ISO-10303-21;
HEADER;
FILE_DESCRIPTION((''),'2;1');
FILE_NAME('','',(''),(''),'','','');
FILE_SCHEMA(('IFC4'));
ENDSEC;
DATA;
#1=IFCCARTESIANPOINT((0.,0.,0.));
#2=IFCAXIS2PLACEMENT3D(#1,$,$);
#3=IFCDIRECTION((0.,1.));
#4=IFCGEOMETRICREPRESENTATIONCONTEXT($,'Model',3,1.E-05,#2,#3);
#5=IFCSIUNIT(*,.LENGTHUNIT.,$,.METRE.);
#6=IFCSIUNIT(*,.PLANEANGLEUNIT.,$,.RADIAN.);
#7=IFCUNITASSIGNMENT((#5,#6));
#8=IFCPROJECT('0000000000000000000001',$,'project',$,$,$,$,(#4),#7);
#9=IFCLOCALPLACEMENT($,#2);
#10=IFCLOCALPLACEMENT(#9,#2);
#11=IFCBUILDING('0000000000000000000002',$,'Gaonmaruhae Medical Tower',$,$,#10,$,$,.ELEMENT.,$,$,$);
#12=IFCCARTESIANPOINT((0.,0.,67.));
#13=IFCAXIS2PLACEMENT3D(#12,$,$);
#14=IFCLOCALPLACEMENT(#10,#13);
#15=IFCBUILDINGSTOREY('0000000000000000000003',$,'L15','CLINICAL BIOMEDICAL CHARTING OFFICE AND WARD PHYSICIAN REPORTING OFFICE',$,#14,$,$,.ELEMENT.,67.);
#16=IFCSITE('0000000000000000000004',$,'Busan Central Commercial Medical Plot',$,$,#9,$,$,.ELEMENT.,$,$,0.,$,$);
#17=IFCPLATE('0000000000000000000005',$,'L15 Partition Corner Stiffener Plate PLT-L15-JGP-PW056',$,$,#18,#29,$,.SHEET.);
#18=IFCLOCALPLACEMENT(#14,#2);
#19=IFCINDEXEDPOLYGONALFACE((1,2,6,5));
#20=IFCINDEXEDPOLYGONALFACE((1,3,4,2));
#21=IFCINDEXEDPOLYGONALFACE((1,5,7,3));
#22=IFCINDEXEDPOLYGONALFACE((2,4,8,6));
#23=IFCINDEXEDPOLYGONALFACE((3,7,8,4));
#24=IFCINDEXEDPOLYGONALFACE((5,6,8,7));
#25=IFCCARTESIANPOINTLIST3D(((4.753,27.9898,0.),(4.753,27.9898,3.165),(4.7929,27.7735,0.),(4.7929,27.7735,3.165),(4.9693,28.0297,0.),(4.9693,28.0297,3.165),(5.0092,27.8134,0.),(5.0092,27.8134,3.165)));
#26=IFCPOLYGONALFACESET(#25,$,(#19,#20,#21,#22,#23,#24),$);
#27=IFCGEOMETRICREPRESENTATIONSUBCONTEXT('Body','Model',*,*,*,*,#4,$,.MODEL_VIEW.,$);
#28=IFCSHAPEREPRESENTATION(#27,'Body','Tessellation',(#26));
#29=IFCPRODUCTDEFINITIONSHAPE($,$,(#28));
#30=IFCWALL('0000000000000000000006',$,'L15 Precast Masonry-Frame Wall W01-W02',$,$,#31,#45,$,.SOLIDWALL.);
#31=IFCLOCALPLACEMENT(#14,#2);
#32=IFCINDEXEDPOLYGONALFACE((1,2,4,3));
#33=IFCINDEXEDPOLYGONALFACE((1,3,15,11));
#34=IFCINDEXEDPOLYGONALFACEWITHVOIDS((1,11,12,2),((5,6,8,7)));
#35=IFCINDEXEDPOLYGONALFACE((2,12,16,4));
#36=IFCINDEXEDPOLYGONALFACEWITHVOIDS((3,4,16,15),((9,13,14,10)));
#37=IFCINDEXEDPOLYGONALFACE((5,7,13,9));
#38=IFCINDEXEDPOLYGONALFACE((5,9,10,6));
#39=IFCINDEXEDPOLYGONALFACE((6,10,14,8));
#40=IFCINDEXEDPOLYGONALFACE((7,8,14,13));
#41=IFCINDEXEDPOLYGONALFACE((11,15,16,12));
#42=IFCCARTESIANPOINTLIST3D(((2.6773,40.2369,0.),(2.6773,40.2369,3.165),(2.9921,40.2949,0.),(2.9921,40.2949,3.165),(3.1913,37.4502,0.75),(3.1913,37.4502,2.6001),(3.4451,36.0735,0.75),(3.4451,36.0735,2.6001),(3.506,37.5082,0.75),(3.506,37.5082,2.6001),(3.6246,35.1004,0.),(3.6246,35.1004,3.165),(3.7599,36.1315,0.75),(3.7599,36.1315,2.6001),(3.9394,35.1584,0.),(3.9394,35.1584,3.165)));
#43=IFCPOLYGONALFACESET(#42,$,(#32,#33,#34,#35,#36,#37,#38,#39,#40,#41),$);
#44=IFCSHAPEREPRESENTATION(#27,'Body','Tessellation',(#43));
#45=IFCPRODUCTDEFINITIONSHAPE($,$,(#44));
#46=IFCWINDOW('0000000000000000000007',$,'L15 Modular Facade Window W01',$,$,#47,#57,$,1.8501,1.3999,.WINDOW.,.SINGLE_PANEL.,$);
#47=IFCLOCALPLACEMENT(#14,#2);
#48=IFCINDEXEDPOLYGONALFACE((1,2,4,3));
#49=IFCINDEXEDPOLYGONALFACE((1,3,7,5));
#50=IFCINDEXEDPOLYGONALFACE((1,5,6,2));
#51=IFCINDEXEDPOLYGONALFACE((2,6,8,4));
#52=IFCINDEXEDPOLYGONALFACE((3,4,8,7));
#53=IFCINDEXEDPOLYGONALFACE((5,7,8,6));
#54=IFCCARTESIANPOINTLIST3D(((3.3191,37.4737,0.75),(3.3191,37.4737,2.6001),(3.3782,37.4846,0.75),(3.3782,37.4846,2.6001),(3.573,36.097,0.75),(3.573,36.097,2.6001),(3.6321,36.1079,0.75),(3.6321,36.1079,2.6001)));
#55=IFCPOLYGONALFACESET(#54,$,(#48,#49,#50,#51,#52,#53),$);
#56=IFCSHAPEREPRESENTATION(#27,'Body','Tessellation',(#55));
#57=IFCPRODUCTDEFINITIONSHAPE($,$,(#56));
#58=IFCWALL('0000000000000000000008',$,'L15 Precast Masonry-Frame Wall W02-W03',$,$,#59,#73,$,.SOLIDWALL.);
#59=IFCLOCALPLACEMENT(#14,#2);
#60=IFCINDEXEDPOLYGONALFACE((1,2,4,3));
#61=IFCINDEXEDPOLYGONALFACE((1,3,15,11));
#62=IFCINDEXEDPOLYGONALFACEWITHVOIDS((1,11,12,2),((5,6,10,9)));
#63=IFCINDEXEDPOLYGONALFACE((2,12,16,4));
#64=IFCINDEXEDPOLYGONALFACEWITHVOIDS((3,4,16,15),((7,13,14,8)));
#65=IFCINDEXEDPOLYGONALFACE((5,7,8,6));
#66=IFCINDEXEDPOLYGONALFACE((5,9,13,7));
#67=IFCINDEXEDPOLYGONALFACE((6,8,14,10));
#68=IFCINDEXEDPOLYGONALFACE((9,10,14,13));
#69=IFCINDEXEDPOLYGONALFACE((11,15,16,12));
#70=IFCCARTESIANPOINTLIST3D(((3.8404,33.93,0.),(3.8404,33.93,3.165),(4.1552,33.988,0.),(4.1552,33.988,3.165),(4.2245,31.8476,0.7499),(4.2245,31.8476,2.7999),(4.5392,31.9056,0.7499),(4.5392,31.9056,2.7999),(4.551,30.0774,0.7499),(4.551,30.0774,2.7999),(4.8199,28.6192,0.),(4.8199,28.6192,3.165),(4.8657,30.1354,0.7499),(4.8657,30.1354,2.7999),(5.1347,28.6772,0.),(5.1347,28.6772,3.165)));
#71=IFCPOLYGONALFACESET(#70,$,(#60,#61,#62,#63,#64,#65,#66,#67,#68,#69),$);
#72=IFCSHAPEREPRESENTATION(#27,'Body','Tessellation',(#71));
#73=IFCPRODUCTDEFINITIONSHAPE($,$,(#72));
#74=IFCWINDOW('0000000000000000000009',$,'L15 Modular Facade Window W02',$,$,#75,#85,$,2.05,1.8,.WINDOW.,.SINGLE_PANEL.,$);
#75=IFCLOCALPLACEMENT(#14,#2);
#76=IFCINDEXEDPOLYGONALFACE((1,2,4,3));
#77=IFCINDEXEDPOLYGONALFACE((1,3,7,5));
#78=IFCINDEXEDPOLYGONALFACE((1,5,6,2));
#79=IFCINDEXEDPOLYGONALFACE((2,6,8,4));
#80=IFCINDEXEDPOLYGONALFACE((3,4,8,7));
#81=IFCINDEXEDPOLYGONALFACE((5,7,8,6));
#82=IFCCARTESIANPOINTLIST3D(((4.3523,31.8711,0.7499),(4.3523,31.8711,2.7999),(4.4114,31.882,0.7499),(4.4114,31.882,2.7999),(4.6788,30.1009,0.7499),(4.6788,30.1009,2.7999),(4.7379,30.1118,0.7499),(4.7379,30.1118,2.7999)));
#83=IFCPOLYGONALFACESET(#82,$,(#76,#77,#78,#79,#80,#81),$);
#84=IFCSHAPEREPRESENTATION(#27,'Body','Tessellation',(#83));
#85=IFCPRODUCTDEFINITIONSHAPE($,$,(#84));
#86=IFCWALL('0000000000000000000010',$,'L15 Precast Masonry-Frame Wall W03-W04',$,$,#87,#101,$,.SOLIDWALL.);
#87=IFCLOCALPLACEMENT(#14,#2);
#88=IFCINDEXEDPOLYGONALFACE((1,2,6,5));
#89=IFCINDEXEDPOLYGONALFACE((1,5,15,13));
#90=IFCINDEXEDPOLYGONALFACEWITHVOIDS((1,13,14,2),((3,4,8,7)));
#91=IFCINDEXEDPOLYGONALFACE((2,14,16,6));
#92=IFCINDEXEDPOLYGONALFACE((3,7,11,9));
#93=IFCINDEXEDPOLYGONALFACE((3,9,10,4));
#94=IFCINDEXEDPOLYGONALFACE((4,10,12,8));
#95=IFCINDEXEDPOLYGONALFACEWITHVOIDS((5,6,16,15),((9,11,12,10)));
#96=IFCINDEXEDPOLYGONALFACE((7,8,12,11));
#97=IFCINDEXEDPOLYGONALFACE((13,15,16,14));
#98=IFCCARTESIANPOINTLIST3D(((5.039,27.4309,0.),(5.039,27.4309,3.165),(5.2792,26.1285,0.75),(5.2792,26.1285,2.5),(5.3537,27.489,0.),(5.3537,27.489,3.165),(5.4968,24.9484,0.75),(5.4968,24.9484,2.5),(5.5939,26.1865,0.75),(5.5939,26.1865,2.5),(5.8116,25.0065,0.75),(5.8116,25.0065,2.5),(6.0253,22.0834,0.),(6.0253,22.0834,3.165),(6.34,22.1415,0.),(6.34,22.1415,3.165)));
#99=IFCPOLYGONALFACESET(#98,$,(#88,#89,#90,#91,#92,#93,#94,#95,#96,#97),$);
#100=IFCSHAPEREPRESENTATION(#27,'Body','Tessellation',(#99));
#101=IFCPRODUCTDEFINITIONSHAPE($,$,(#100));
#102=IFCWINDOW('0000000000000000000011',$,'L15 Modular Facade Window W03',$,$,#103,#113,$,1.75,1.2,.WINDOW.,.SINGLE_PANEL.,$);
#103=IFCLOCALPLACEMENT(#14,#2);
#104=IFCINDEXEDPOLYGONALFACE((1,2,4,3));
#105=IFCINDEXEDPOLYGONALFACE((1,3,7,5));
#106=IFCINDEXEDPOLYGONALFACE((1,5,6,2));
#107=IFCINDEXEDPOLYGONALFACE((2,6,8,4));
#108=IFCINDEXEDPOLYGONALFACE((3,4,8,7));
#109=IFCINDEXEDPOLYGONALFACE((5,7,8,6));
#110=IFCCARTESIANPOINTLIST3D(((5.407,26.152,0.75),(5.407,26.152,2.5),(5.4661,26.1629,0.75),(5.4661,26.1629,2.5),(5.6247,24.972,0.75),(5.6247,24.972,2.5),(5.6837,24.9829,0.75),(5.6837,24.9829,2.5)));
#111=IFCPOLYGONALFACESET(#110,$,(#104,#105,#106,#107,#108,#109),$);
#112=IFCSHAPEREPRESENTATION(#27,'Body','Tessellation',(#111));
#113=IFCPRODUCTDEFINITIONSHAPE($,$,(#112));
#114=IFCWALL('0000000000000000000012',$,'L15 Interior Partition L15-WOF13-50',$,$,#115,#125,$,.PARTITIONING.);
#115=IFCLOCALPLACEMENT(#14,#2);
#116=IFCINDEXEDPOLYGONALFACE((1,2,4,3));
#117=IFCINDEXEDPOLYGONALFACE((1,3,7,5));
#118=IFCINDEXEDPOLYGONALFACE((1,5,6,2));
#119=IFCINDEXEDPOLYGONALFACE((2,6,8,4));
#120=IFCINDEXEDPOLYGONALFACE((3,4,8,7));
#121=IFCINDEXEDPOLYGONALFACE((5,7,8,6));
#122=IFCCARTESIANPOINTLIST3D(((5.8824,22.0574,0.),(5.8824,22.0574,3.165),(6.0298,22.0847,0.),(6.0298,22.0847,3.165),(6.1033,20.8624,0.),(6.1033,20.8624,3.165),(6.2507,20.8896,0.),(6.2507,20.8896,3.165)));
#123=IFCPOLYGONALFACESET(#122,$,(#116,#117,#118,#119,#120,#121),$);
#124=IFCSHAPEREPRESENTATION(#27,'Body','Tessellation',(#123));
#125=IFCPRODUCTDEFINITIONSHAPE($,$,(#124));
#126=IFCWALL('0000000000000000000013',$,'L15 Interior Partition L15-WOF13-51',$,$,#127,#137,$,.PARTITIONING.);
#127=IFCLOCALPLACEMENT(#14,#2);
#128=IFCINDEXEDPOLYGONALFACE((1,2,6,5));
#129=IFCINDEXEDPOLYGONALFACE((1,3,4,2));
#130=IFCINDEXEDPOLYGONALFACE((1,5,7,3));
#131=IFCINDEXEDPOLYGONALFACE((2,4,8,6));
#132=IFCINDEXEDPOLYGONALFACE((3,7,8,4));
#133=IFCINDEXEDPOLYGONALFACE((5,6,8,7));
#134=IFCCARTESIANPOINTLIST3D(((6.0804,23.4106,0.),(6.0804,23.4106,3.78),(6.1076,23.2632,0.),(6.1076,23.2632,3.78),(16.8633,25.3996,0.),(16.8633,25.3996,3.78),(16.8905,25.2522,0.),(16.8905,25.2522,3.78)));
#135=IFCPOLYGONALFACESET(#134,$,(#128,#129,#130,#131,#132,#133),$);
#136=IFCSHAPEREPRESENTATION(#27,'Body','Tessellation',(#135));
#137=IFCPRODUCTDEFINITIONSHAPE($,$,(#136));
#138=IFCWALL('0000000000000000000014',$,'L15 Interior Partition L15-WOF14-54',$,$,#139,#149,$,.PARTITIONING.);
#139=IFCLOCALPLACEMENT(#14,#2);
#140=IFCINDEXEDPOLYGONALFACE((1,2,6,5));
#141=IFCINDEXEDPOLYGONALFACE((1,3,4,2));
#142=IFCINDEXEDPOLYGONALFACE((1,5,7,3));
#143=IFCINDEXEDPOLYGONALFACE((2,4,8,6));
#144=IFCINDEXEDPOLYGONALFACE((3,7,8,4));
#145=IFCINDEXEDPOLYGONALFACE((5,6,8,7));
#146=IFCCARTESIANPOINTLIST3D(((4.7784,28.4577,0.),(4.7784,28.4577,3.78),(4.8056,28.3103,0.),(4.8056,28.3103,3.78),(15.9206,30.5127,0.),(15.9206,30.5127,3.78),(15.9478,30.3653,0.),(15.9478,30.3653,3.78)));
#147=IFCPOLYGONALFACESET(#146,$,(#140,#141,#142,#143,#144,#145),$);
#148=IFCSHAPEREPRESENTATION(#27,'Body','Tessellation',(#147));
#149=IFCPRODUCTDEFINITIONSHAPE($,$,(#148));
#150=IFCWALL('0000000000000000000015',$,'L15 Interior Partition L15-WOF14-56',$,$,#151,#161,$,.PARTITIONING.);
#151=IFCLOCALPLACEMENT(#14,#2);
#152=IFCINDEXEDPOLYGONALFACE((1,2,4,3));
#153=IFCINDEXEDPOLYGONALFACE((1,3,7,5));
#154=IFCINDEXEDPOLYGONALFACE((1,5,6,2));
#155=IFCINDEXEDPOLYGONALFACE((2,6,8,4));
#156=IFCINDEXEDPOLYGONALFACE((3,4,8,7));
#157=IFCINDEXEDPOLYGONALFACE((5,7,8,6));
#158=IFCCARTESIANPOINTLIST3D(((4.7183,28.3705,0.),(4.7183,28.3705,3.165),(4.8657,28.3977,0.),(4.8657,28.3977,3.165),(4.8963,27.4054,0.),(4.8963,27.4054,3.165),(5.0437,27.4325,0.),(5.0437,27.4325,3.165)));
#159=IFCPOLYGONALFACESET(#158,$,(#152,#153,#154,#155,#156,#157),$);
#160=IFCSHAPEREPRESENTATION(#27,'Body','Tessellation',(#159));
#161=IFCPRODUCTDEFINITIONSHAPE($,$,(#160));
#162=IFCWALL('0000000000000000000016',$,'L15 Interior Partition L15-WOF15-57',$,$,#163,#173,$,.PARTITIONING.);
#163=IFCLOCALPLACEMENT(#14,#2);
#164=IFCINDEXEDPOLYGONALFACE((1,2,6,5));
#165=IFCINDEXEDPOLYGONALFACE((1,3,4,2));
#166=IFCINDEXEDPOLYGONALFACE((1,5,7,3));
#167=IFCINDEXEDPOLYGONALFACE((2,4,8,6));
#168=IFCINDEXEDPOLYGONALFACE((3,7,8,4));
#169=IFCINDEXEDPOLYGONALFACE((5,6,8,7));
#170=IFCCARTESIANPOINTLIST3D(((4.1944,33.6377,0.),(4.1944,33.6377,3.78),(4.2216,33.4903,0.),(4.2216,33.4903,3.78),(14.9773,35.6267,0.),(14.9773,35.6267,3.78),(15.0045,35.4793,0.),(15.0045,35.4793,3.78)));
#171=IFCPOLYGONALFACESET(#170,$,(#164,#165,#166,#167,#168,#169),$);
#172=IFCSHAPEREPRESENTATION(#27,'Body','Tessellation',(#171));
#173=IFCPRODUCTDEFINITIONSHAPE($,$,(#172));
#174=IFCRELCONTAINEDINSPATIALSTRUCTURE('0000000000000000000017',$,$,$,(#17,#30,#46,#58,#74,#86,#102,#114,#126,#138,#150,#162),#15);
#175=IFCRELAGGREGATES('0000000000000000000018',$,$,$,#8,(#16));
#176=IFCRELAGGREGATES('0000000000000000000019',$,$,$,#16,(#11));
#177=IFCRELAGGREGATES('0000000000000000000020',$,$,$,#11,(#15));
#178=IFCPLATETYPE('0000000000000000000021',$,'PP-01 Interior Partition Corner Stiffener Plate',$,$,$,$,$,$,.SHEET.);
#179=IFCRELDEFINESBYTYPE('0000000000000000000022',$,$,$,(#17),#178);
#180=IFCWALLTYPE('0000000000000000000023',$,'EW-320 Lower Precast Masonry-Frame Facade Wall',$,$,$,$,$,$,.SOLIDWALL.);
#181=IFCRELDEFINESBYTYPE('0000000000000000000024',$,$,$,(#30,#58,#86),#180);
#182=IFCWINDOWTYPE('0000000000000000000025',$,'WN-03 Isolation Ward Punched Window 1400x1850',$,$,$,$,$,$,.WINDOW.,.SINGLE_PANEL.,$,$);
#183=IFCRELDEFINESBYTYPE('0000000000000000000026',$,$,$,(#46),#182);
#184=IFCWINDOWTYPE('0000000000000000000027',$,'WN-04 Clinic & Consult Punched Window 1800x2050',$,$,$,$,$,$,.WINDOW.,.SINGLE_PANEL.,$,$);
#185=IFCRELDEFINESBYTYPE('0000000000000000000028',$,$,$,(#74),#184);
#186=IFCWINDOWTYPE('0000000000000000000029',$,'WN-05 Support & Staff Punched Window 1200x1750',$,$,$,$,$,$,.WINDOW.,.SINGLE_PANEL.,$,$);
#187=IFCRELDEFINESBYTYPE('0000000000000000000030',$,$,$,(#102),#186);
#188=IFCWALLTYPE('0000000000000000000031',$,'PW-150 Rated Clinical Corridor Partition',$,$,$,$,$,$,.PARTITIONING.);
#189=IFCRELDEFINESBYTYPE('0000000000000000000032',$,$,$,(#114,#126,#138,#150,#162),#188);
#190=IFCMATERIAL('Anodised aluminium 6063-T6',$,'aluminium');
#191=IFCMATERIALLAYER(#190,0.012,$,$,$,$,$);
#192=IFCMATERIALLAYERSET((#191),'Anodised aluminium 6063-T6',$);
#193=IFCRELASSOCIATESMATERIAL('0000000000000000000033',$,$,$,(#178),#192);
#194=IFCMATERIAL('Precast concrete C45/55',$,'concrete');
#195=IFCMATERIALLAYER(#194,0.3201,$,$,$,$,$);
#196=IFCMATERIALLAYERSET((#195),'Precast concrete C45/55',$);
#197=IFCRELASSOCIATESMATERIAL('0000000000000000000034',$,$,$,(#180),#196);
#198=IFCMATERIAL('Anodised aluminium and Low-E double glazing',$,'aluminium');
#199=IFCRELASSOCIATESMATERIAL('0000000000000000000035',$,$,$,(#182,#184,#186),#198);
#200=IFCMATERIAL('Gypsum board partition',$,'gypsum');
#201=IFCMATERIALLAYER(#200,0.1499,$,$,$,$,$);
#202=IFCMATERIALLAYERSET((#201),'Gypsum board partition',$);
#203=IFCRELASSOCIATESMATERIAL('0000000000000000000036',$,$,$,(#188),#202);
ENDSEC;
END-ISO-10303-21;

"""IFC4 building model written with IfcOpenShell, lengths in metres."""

from ifc_helpers import new_model, si_unit, direction, frame, frame_2d, origin, origin_2d, place, context, subcontext, project, spatial, rectangle, extrude, material, layer, layer_set, type_object, element, fill, save


model = new_model("IFC4")

# Units and contexts
model_context = context("Model", 3, precision=1e-05, world=origin(), true_north=direction((0.0, 1.0)))
body_context = subcontext(model_context, "Body", "Model", "MODEL_VIEW")
ifc_project = project(units=[si_unit("LENGTHUNIT", "METRE"), si_unit("PLANEANGLEUNIT", "RADIAN")], contexts=[model_context])

# Site, building, storey
site_placement = place(None, origin())
site = spatial("IfcSite", under=ifc_project, at=site_placement, Name="Busan Central Commercial Medical Plot", CompositionType="ELEMENT", RefElevation=0.0)
building_placement = place(site_placement, origin())
building = spatial("IfcBuilding", under=site, at=building_placement, Name="Gaonmaruhae Medical Tower", CompositionType="ELEMENT")
storey_placement = place(building_placement, frame((0.0, 0.0, 67.0)))
storey = spatial("IfcBuildingStorey", under=building, at=storey_placement, Name="L15", Description="CLINICAL BIOMEDICAL CHARTING OFFICE AND WARD PHYSICIAN REPORTING OFFICE", CompositionType="ELEMENT", Elevation=67.0)

# Plate
ifc_material_1 = material(Name="Anodised aluminium 6063-T6", Category="aluminium")
ifc_layer_1 = layer(ifc_material_1, 0.012)
ifc_layer_set_1 = layer_set([ifc_layer_1], Name="Anodised aluminium 6063-T6")
plate_type = type_object("IfcPlateType", Name="PP-01 Interior Partition Corner Stiffener Plate", PredefinedType="SHEET", material=ifc_layer_set_1)
plate_placement = place(storey_placement, frame((4.8811, 27.9016, 0.0), z_axis=(0.0, 0.0, 1.0), x_axis=(-0.181395, 0.98341, 0.0)))
element("IfcPlate", 1, at=plate_placement, inside=storey, type_object=plate_type, Name="L15 Partition Corner Stiffener Plate PLT-L15-JGP-PW056", PredefinedType="SHEET", context=body_context, shape_type="SweptSolid", body=[
    extrude(rectangle(XDim=0.22, YDim=0.22, at=origin_2d()), origin(), (0.0, 0.0, 1.0), 3.165),
])

# Walls, openings, windows
ifc_material_2 = material(Name="Precast concrete C45/55", Category="concrete")
ifc_layer_2 = layer(ifc_material_2, 0.3201)
ifc_layer_set_2 = layer_set([ifc_layer_2], Name="Precast concrete C45/55")
wall_type_1 = type_object("IfcWallType", Name="EW-320 Lower Precast Masonry-Frame Facade Wall", PredefinedType="SOLIDWALL", material=ifc_layer_set_2)
wall_1_placement = place(storey_placement, frame((3.782, 35.1294, 0.0), z_axis=(0.0, 0.0, 1.0), x_axis=(-0.181361, 0.983417, 0.0)))
wall_1 = element("IfcWall", 2, at=wall_1_placement, inside=storey, type_object=wall_type_1, Name="L15 Precast Masonry-Frame Wall W01-W02", PredefinedType="SOLIDWALL", context=body_context, shape_type="SweptSolid", body=[
    extrude(rectangle(XDim=5.2231, YDim=0.3201, at=frame_2d((2.6116, 0.0))), origin(), (0.0, 0.0, 1.0), 3.165),
])
opening_1_placement = place(wall_1_placement, frame((0.9895, 0.0, 0.75)))
opening_1 = element("IfcOpeningElement", 3, at=opening_1_placement, cuts=wall_1, PredefinedType="OPENING", context=body_context, shape_type="SweptSolid", body=[
    extrude(rectangle(XDim=1.3999, YDim=1.8501, at=frame_2d((0.7, 0.925))), frame((0.0, 0.1699, 0.0), z_axis=(0.0, -1.0, 0.0), x_axis=(1.0, 0.0, 0.0)), (0.0, 0.0, 1.0), 0.3401),
])
ifc_material_3 = material(Name="Anodised aluminium and Low-E double glazing", Category="aluminium")
window_type_1 = type_object("IfcWindowType", Name="WN-03 Isolation Ward Punched Window 1400x1850", PartitioningType="SINGLE_PANEL", PredefinedType="WINDOW", material=ifc_material_3)
window_1_placement = place(opening_1_placement, origin())
window_1 = element("IfcWindow", 4, at=window_1_placement, inside=storey, type_object=window_type_1, Name="L15 Modular Facade Window W01", OverallHeight=1.8501, OverallWidth=1.3999, PartitioningType="SINGLE_PANEL", PredefinedType="WINDOW", context=body_context, shape_type="SweptSolid", body=[
    extrude(rectangle(XDim=1.3999, YDim=1.8501, at=frame_2d((0.7, 0.925))), frame((0.0, 0.03, 0.0), z_axis=(0.0, -1.0, 0.0), x_axis=(1.0, 0.0, 0.0)), (0.0, 0.0, 1.0), 0.0601),
])
fill(opening_1, window_1)
wall_2_placement = place(storey_placement, frame((4.9773, 28.6482, 0.0), z_axis=(0.0, 0.0, 1.0), x_axis=(-0.181375, 0.983414, 0.0)))
wall_2 = element("IfcWall", 5, at=wall_2_placement, inside=storey, type_object=wall_type_1, Name="L15 Precast Masonry-Frame Wall W02-W03", PredefinedType="SOLIDWALL", context=body_context, shape_type="SweptSolid", body=[
    extrude(rectangle(XDim=5.4004, YDim=0.3201, at=frame_2d((2.7002, 0.0))), origin(), (0.0, 0.0, 1.0), 3.165),
])
opening_2_placement = place(wall_2_placement, frame((1.4829, 0.0, 0.75)))
opening_2 = element("IfcOpeningElement", 6, at=opening_2_placement, cuts=wall_2, PredefinedType="OPENING", context=body_context, shape_type="SweptSolid", body=[
    extrude(rectangle(XDim=1.8, YDim=2.05, at=frame_2d((0.8999, 1.0249))), frame((0.0, 0.1699, 0.0), z_axis=(0.0, -1.0, 0.0), x_axis=(1.0, 0.0, 0.0)), (0.0, 0.0, 1.0), 0.3401),
])
window_type_2 = type_object("IfcWindowType", Name="WN-04 Clinic & Consult Punched Window 1800x2050", PartitioningType="SINGLE_PANEL", PredefinedType="WINDOW", material=ifc_material_3)
window_2_placement = place(opening_2_placement, origin())
window_2 = element("IfcWindow", 7, at=window_2_placement, inside=storey, type_object=window_type_2, Name="L15 Modular Facade Window W02", OverallHeight=2.05, OverallWidth=1.8, PartitioningType="SINGLE_PANEL", PredefinedType="WINDOW", context=body_context, shape_type="SweptSolid", body=[
    extrude(rectangle(XDim=1.8, YDim=2.05, at=frame_2d((0.8999, 1.0249))), frame((0.0, 0.03, 0.0), z_axis=(0.0, -1.0, 0.0), x_axis=(1.0, 0.0, 0.0)), (0.0, 0.0, 1.0), 0.0601),
])
fill(opening_2, window_2)
wall_3_placement = place(storey_placement, frame((6.1826, 22.1125, 0.0), z_axis=(0.0, 0.0, 1.0), x_axis=(-0.181382, 0.983413, 0.0)))
wall_3 = element("IfcWall", 8, at=wall_3_placement, inside=storey, type_object=wall_type_1, Name="L15 Precast Masonry-Frame Wall W03-W04", PredefinedType="SOLIDWALL", context=body_context, shape_type="SweptSolid", body=[
    extrude(rectangle(XDim=5.4377, YDim=0.3201, at=frame_2d((2.7188, 0.0))), origin(), (0.0, 0.0, 1.0), 3.165),
])
opening_3_placement = place(wall_3_placement, frame((2.9131, 0.0, 0.75)))
opening_3 = element("IfcOpeningElement", 9, at=opening_3_placement, cuts=wall_3, PredefinedType="OPENING", context=body_context, shape_type="SweptSolid", body=[
    extrude(rectangle(XDim=1.2, YDim=1.75, at=frame_2d((0.6001, 0.875))), frame((0.0, 0.1699, 0.0), z_axis=(0.0, -1.0, 0.0), x_axis=(1.0, 0.0, 0.0)), (0.0, 0.0, 1.0), 0.3401),
])
window_type_3 = type_object("IfcWindowType", Name="WN-05 Support & Staff Punched Window 1200x1750", PartitioningType="SINGLE_PANEL", PredefinedType="WINDOW", material=ifc_material_3)
window_3_placement = place(opening_3_placement, origin())
window_3 = element("IfcWindow", 10, at=window_3_placement, inside=storey, type_object=window_type_3, Name="L15 Modular Facade Window W03", OverallHeight=1.75, OverallWidth=1.2, PartitioningType="SINGLE_PANEL", PredefinedType="WINDOW", context=body_context, shape_type="SweptSolid", body=[
    extrude(rectangle(XDim=1.2, YDim=1.75, at=frame_2d((0.6001, 0.875))), frame((0.0, 0.03, 0.0), z_axis=(0.0, -1.0, 0.0), x_axis=(1.0, 0.0, 0.0)), (0.0, 0.0, 1.0), 0.0601),
])
fill(opening_3, window_3)

# Walls
ifc_material_4 = material(Name="Gypsum board partition", Category="gypsum")
ifc_layer_3 = layer(ifc_material_4, 0.1499)
ifc_layer_set_3 = layer_set([ifc_layer_3], Name="Gypsum board partition")
wall_type_2 = type_object("IfcWallType", Name="PW-150 Rated Clinical Corridor Partition", PredefinedType="PARTITIONING", material=ifc_layer_set_3)
wall_4_placement = place(storey_placement, frame((6.177, 20.876, 0.0), z_axis=(0.0, 0.0, 1.0), x_axis=(-0.181802, 0.983335, 0.0)))
element("IfcWall", 11, at=wall_4_placement, inside=storey, type_object=wall_type_2, Name="L15 Interior Partition L15-WOF13-50", PredefinedType="PARTITIONING", context=body_context, shape_type="SweptSolid", body=[
    extrude(rectangle(XDim=1.2153, YDim=0.1499, at=frame_2d((0.6077, 0.0))), origin(), (0.0, 0.0, 1.0), 3.165),
])
wall_5_placement = place(storey_placement, frame((6.094, 23.3369, 0.0), z_axis=(0.0, 0.0, 1.0), x_axis=(0.98341, 0.181399, 0.0)))
element("IfcWall", 12, at=wall_5_placement, inside=storey, type_object=wall_type_2, Name="L15 Interior Partition L15-WOF13-51", PredefinedType="PARTITIONING", context=body_context, shape_type="SweptSolid", body=[
    extrude(rectangle(XDim=10.9648, YDim=0.1499, at=frame_2d((5.4824, 0.0))), origin(), (0.0, 0.0, 1.0), 3.78),
])
wall_6_placement = place(storey_placement, frame((4.792, 28.384, 0.0), z_axis=(0.0, 0.0, 1.0), x_axis=(0.983415, 0.181371, 0.0)))
element("IfcWall", 13, at=wall_6_placement, inside=storey, type_object=wall_type_2, Name="L15 Interior Partition L15-WOF14-54", PredefinedType="PARTITIONING", context=body_context, shape_type="SweptSolid", body=[
    extrude(rectangle(XDim=11.3301, YDim=0.1499, at=frame_2d((5.665, 0.0))), origin(), (0.0, 0.0, 1.0), 3.78),
])
wall_7_placement = place(storey_placement, frame((4.97, 27.4189, 0.0), z_axis=(0.0, 0.0, 1.0), x_axis=(-0.181359, 0.983417, 0.0)))
element("IfcWall", 14, at=wall_7_placement, inside=storey, type_object=wall_type_2, Name="L15 Interior Partition L15-WOF14-56", PredefinedType="PARTITIONING", context=body_context, shape_type="SweptSolid", body=[
    extrude(rectangle(XDim=0.9814, YDim=0.1499, at=frame_2d((0.4907, 0.0))), origin(), (0.0, 0.0, 1.0), 3.165),
])
wall_8_placement = place(storey_placement, frame((4.208, 33.564, 0.0), z_axis=(0.0, 0.0, 1.0), x_axis=(0.98341, 0.181399, 0.0)))
element("IfcWall", 15, at=wall_8_placement, inside=storey, type_object=wall_type_2, Name="L15 Interior Partition L15-WOF15-57", PredefinedType="PARTITIONING", context=body_context, shape_type="SweptSolid", body=[
    extrude(rectangle(XDim=10.9648, YDim=0.1499, at=frame_2d((5.4824, 0.0))), origin(), (0.0, 0.0, 1.0), 3.78),
])

save(model, "model.ifc")
